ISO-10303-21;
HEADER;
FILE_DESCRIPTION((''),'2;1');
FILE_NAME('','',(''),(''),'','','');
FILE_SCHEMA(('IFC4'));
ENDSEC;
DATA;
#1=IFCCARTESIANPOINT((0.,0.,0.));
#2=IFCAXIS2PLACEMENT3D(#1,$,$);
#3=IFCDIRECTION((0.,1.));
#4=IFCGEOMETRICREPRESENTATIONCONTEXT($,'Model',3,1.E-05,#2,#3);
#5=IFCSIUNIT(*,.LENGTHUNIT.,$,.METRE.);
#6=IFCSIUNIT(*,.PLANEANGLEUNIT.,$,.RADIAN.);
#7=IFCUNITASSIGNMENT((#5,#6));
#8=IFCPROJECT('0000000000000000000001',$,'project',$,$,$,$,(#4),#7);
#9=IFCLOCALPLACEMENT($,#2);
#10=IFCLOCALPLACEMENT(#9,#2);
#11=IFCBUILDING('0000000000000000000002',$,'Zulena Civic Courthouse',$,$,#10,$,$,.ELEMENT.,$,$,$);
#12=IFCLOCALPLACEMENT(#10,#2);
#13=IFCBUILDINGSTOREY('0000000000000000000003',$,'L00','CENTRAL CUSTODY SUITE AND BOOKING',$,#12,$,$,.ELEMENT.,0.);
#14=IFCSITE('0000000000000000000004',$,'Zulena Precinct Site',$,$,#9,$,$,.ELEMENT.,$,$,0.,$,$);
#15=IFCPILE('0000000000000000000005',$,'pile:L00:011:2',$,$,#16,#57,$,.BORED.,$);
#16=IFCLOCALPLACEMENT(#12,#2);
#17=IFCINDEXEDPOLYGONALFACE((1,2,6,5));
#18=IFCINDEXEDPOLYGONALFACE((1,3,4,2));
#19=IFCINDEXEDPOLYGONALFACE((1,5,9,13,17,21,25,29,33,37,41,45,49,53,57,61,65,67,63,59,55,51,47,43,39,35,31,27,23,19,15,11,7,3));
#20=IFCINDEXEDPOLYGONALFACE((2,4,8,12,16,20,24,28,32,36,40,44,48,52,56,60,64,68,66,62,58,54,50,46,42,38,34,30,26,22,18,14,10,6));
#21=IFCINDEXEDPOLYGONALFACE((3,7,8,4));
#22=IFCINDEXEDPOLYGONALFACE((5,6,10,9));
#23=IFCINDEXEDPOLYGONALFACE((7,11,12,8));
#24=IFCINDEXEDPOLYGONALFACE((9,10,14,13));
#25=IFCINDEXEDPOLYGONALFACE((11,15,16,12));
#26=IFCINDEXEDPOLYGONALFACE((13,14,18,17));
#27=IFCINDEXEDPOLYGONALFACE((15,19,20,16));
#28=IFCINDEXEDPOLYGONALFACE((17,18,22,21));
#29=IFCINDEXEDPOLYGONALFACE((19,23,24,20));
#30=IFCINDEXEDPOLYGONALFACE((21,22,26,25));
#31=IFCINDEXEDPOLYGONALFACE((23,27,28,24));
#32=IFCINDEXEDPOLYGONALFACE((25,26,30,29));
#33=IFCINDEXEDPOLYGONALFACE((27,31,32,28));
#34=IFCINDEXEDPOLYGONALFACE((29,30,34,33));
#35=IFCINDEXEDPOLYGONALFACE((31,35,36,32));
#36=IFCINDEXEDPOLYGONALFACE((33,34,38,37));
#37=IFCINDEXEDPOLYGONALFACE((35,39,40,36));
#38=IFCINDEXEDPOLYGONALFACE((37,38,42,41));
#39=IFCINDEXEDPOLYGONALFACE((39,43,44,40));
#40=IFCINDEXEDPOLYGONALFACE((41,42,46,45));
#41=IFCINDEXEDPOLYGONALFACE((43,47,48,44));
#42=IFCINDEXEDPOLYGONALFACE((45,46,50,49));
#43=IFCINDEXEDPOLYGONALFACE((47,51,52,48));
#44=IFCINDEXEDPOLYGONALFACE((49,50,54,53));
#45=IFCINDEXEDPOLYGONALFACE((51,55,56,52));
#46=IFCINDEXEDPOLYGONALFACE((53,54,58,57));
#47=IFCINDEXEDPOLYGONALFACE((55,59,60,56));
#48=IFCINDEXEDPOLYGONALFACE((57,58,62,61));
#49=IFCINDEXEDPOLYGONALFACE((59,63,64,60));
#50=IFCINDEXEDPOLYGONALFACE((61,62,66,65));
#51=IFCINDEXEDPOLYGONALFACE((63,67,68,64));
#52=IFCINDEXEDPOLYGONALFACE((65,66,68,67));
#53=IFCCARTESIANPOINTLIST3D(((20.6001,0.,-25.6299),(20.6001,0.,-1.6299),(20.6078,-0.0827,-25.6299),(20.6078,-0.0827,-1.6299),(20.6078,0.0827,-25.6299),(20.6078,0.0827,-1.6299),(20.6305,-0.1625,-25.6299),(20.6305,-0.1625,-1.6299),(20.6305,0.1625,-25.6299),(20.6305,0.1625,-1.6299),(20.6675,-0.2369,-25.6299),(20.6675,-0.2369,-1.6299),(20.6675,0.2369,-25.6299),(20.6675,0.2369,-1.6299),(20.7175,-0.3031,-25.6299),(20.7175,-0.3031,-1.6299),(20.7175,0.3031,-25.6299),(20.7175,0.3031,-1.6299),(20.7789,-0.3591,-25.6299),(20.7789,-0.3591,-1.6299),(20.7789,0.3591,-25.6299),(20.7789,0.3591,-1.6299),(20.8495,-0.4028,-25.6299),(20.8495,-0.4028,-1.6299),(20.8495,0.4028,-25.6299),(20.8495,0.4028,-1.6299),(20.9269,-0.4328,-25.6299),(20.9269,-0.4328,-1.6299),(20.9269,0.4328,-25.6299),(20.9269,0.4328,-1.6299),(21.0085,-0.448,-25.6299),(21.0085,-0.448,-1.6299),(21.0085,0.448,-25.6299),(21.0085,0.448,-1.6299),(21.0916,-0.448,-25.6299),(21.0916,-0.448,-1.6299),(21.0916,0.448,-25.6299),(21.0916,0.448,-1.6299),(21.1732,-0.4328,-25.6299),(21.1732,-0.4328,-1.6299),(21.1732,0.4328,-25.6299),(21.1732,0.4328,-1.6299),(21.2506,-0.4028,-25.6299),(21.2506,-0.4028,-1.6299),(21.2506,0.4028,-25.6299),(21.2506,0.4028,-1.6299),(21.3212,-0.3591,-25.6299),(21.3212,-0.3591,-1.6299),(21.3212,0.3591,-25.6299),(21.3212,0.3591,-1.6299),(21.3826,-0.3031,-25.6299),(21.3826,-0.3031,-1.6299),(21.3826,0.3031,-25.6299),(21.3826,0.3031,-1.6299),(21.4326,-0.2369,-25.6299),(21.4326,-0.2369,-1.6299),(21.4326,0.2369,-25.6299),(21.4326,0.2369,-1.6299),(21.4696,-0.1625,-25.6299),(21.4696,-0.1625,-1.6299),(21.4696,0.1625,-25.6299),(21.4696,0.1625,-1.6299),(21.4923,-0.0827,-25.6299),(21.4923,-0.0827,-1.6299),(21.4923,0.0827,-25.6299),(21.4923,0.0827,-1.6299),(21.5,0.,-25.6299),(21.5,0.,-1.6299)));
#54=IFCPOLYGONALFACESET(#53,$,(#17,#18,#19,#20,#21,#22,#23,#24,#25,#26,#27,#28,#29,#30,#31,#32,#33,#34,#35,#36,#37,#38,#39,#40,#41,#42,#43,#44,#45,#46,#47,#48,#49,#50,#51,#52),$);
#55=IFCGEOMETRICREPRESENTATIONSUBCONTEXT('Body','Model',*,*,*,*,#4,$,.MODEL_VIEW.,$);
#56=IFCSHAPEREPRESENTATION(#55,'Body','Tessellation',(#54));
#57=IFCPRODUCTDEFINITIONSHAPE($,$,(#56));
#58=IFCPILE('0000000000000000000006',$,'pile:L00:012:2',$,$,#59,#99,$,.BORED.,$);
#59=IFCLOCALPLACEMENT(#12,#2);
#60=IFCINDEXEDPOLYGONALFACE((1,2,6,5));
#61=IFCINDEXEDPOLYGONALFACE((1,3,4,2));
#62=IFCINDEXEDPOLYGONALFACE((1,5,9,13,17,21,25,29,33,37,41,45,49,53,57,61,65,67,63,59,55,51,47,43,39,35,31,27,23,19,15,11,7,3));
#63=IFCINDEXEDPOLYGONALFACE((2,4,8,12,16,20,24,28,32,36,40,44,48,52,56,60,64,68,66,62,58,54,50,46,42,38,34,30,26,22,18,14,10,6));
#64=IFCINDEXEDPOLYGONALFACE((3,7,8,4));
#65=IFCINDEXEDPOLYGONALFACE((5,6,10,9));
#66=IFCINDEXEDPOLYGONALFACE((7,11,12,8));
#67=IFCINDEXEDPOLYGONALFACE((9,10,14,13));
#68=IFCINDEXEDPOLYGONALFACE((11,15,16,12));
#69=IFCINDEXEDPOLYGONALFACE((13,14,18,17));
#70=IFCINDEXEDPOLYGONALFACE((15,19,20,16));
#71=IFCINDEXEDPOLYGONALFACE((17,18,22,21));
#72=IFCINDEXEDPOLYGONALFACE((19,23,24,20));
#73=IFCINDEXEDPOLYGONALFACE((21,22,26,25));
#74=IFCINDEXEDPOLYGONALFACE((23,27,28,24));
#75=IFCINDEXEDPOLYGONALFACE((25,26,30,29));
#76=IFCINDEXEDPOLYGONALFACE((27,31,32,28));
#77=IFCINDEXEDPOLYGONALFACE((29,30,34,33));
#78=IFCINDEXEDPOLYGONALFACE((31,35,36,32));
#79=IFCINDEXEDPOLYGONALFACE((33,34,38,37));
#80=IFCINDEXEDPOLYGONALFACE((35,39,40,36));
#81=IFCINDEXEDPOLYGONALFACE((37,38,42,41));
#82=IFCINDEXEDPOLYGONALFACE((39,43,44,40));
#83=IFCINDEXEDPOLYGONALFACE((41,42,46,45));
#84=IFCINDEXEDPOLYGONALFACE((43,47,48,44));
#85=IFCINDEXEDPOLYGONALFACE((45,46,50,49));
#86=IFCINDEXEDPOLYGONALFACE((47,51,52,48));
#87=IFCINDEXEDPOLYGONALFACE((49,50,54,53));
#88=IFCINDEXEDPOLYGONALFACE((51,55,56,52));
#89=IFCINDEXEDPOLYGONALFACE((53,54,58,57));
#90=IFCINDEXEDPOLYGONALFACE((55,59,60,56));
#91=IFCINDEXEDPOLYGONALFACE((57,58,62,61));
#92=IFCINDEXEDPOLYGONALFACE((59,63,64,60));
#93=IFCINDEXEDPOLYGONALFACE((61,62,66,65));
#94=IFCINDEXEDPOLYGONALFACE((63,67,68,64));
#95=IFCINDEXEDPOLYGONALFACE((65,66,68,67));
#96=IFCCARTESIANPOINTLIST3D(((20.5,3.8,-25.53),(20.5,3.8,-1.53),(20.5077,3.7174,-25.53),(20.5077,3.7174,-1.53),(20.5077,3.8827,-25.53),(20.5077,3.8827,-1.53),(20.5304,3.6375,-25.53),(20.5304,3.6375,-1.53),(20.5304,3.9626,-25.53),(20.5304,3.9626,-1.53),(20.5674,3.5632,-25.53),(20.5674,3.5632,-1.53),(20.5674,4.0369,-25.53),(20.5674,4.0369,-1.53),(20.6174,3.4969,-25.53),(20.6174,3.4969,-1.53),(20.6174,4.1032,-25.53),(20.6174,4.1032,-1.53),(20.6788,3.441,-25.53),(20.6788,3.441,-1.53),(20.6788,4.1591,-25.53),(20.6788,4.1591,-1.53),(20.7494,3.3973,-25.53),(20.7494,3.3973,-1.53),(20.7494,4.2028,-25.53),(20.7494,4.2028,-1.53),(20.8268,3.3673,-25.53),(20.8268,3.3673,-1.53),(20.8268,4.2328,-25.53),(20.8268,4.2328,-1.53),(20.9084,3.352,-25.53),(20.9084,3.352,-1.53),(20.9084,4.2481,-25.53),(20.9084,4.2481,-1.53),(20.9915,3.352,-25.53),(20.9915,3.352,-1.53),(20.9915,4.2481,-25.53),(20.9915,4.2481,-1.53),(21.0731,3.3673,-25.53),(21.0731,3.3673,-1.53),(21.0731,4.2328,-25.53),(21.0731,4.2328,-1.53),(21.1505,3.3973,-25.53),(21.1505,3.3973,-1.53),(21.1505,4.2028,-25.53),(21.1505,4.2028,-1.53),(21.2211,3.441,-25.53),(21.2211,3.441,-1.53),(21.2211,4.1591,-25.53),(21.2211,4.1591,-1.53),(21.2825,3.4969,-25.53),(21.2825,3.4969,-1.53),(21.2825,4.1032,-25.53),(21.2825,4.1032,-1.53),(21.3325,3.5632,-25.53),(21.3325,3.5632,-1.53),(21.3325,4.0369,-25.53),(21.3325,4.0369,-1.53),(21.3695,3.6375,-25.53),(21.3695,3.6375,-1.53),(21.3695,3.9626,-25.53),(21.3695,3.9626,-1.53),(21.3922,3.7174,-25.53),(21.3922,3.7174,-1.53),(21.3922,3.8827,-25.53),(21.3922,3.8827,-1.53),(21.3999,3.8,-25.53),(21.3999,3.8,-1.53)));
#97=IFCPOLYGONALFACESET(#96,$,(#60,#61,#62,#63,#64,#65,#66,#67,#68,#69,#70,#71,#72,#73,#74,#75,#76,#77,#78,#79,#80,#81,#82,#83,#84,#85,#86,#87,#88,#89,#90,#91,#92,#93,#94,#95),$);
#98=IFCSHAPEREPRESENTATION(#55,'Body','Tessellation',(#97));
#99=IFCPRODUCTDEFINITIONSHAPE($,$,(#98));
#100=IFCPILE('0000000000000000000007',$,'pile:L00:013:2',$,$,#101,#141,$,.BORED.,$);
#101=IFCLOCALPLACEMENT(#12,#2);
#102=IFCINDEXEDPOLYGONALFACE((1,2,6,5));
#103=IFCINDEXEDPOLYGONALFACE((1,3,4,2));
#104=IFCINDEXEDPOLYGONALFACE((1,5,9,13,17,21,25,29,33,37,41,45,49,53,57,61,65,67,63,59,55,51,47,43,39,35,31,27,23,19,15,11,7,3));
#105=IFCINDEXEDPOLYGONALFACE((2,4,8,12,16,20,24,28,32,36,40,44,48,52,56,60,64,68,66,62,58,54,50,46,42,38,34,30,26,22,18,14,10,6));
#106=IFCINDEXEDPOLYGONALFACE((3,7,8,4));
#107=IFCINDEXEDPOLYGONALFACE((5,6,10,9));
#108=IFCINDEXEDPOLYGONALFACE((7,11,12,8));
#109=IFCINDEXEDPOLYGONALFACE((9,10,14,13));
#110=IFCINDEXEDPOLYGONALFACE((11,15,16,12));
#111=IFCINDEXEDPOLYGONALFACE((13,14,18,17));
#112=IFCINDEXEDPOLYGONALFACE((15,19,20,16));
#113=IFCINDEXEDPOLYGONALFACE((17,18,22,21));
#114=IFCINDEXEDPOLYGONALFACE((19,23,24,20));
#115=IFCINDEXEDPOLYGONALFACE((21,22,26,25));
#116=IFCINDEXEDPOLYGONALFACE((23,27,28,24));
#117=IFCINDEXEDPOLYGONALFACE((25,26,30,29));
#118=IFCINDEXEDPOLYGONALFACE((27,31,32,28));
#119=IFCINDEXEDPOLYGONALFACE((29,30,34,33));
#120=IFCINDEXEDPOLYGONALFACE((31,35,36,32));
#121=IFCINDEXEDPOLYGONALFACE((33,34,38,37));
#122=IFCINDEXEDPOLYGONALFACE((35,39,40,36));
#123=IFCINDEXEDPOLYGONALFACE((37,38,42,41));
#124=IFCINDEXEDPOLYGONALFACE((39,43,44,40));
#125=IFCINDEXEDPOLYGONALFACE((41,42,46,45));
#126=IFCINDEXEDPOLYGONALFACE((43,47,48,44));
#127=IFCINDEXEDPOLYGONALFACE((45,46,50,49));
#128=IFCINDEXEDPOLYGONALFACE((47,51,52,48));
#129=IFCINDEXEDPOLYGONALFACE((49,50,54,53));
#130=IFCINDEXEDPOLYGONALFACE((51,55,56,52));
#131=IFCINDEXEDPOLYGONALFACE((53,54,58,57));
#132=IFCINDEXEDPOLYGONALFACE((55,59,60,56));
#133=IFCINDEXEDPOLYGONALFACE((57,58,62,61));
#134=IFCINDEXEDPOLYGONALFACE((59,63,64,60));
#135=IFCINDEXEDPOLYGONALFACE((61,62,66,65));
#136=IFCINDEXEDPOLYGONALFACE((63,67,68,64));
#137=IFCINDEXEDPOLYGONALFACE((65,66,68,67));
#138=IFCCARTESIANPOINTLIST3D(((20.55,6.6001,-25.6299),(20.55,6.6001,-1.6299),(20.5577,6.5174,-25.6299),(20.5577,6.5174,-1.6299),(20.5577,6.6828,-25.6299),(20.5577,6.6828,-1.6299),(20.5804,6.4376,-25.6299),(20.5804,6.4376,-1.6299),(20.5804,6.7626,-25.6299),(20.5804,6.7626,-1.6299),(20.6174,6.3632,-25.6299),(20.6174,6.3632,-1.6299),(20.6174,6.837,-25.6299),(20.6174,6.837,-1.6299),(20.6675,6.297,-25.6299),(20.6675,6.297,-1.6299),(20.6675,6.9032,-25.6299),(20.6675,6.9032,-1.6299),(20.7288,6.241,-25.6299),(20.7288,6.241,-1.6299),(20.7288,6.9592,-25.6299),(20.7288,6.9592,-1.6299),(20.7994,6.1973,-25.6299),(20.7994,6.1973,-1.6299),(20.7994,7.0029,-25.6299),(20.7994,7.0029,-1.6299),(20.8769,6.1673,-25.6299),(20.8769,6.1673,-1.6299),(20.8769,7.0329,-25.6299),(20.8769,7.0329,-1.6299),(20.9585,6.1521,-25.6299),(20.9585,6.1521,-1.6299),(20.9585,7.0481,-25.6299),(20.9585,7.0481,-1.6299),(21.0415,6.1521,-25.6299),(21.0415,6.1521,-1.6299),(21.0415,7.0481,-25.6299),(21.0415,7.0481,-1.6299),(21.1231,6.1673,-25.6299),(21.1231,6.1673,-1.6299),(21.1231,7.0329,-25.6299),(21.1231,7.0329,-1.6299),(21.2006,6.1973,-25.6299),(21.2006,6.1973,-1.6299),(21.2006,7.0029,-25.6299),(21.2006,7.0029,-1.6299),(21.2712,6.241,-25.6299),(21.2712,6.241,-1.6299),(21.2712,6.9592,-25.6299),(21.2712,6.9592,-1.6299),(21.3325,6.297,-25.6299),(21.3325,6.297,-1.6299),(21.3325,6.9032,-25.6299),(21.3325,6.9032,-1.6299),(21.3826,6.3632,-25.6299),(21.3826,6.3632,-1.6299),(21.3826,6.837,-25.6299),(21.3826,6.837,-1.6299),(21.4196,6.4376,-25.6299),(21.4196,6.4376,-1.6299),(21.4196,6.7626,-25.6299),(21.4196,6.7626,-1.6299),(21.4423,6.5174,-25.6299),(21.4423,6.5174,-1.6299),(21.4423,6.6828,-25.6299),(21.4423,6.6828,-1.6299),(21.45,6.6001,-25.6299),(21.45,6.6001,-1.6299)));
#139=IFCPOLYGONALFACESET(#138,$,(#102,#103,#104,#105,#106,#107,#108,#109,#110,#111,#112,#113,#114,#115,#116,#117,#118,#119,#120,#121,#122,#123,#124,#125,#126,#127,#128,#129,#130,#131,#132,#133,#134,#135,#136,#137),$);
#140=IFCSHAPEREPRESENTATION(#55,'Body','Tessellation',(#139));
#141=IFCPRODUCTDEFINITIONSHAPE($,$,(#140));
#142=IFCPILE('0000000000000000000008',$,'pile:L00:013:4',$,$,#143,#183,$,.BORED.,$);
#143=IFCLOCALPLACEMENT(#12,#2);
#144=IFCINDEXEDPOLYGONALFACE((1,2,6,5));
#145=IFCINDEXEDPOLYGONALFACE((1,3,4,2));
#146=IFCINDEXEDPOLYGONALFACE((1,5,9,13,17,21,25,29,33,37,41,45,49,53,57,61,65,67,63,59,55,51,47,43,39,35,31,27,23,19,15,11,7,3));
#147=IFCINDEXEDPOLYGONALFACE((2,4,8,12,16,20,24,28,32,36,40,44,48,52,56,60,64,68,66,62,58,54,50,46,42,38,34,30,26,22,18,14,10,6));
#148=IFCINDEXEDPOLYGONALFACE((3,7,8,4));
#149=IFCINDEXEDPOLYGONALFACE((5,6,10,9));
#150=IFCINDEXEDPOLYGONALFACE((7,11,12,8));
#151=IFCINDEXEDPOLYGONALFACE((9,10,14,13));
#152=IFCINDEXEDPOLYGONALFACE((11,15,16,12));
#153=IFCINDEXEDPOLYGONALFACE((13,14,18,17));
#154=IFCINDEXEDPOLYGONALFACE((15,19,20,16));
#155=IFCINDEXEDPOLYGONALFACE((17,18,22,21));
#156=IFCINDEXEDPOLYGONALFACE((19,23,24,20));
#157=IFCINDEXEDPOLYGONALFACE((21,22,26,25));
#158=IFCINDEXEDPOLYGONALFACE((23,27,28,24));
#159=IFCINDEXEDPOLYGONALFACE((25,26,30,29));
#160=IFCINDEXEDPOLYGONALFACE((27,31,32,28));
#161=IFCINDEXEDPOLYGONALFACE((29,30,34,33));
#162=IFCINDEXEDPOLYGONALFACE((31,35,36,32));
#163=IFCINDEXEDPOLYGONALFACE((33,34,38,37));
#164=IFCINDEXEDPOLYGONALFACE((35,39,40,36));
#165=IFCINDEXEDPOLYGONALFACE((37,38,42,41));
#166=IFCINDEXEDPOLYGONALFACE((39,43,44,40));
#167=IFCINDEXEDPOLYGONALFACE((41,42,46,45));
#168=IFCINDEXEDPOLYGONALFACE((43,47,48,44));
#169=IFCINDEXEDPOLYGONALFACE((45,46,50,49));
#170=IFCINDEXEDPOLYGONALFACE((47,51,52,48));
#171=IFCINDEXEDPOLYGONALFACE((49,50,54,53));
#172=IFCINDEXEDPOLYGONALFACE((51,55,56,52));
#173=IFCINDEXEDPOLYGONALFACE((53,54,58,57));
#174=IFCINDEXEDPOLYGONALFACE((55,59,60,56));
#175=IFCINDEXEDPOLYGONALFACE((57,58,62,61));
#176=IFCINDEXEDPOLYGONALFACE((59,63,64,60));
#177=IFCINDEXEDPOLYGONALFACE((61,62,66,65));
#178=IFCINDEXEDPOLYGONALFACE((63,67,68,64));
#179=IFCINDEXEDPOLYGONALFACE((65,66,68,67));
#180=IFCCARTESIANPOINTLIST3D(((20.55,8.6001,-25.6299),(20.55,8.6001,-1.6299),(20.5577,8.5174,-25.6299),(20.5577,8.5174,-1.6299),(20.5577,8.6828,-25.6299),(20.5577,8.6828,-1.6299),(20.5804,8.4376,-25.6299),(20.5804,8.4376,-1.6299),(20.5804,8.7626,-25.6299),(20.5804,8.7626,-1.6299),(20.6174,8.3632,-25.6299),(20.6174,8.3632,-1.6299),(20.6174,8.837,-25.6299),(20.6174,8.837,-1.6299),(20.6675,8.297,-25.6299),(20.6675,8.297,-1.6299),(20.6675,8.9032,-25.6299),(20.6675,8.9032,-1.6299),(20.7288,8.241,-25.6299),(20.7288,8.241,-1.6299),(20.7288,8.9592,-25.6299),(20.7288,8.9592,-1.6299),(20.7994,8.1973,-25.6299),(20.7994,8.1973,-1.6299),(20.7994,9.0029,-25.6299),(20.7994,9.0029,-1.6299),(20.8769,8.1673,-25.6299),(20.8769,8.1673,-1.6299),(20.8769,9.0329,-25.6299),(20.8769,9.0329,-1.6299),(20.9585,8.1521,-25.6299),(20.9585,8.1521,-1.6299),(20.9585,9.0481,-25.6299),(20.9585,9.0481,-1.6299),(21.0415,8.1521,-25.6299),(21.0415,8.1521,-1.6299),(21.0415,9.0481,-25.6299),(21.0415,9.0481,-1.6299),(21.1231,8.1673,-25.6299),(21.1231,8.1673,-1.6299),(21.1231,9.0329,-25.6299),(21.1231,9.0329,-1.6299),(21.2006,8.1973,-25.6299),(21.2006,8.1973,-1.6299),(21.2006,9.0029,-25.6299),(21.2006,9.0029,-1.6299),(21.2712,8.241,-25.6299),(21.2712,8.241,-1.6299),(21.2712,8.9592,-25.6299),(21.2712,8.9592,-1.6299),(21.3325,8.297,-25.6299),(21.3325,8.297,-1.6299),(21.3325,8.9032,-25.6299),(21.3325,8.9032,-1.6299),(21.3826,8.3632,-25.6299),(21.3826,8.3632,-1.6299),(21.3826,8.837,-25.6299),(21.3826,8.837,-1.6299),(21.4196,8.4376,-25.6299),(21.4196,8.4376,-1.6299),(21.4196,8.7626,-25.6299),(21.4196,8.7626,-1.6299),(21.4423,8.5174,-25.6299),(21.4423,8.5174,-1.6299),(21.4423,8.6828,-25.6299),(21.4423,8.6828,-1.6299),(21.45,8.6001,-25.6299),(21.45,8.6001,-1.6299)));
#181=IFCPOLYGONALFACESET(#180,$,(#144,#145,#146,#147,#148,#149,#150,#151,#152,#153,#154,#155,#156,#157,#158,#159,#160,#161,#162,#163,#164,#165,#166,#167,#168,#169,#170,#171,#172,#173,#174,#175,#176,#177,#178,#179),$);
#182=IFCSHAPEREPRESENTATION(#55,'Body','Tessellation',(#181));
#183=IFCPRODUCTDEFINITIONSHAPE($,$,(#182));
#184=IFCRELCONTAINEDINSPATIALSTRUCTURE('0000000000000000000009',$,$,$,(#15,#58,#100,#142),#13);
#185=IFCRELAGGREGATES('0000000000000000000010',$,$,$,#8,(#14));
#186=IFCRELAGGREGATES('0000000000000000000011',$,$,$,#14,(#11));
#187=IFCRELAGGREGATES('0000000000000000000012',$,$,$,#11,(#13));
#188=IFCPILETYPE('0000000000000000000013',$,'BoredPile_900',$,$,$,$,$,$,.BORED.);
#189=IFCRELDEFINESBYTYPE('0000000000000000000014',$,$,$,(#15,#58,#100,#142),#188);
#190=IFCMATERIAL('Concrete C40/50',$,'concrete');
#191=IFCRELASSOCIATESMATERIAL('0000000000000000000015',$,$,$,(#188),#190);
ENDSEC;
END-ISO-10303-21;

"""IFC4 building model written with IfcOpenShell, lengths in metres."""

from ifc_helpers import new_model, si_unit, direction, frame, origin, origin_2d, place, context, subcontext, project, spatial, circle, extrude, material, material_profile, profile_set, type_object, element, save


model = new_model("IFC4")

# Units and contexts
model_context = context("Model", 3, precision=1e-05, world=origin(), true_north=direction((0.0, 1.0)))
body_context = subcontext(model_context, "Body", "Model", "MODEL_VIEW")
ifc_project = project(units=[si_unit("LENGTHUNIT", "METRE"), si_unit("PLANEANGLEUNIT", "RADIAN")], contexts=[model_context])

# Site, building, storey
site_placement = place(None, origin())
site = spatial("IfcSite", under=ifc_project, at=site_placement, Name="Zulena Precinct Site", CompositionType="ELEMENT", RefElevation=0.0)
building_placement = place(site_placement, origin())
building = spatial("IfcBuilding", under=site, at=building_placement, Name="Zulena Civic Courthouse", CompositionType="ELEMENT")
storey_placement = place(building_placement, origin())
storey = spatial("IfcBuildingStorey", under=building, at=storey_placement, Name="L00", Description="CENTRAL CUSTODY SUITE AND BOOKING", CompositionType="ELEMENT", Elevation=0.0)

# Piles
ifc_material_1 = material(Name="Concrete C40/50", Category="concrete")
ifc_material_profile_1 = material_profile(ifc_material_1, circle(Radius=0.45, at=origin_2d()), Name="PILE900")
ifc_profile_set_1 = profile_set([ifc_material_profile_1], Name="Concrete C40/50")
pile_type = type_object("IfcPileType", Name="BoredPile_900", PredefinedType="BORED", material=ifc_profile_set_1)
for number, where, z_axis, x_axis, name in (
    (1, (21.05, 0.0, -1.6299), (0.0, 0.0, -1.0), (1.0, 0.0, 0.0), "pile:L00:011:2"),
    (2, (20.95, 3.8, -1.53), (0.0, 0.0, -1.0), (1.0, 0.0, 0.0), "pile:L00:012:2"),
    (3, (21.0, 6.6001, -1.6299), (0.0, 0.0, -1.0), (1.0, 0.0, 0.0), "pile:L00:013:2"),
    (4, (21.0, 8.6001, -1.6299), (0.0, 0.0, -1.0), (1.0, 0.0, 0.0), "pile:L00:013:4"),
):
    element("IfcPile", number, at=place(storey_placement, frame(where, z_axis=z_axis, x_axis=x_axis)), inside=storey, type_object=pile_type, Name=name, PredefinedType="BORED", context=body_context, shape_type="SweptSolid", body=[
        extrude(circle(Radius=0.45, at=origin_2d()), origin(), (0.0, 0.0, 1.0), 24.0),
    ])

save(model, "model.ifc")
